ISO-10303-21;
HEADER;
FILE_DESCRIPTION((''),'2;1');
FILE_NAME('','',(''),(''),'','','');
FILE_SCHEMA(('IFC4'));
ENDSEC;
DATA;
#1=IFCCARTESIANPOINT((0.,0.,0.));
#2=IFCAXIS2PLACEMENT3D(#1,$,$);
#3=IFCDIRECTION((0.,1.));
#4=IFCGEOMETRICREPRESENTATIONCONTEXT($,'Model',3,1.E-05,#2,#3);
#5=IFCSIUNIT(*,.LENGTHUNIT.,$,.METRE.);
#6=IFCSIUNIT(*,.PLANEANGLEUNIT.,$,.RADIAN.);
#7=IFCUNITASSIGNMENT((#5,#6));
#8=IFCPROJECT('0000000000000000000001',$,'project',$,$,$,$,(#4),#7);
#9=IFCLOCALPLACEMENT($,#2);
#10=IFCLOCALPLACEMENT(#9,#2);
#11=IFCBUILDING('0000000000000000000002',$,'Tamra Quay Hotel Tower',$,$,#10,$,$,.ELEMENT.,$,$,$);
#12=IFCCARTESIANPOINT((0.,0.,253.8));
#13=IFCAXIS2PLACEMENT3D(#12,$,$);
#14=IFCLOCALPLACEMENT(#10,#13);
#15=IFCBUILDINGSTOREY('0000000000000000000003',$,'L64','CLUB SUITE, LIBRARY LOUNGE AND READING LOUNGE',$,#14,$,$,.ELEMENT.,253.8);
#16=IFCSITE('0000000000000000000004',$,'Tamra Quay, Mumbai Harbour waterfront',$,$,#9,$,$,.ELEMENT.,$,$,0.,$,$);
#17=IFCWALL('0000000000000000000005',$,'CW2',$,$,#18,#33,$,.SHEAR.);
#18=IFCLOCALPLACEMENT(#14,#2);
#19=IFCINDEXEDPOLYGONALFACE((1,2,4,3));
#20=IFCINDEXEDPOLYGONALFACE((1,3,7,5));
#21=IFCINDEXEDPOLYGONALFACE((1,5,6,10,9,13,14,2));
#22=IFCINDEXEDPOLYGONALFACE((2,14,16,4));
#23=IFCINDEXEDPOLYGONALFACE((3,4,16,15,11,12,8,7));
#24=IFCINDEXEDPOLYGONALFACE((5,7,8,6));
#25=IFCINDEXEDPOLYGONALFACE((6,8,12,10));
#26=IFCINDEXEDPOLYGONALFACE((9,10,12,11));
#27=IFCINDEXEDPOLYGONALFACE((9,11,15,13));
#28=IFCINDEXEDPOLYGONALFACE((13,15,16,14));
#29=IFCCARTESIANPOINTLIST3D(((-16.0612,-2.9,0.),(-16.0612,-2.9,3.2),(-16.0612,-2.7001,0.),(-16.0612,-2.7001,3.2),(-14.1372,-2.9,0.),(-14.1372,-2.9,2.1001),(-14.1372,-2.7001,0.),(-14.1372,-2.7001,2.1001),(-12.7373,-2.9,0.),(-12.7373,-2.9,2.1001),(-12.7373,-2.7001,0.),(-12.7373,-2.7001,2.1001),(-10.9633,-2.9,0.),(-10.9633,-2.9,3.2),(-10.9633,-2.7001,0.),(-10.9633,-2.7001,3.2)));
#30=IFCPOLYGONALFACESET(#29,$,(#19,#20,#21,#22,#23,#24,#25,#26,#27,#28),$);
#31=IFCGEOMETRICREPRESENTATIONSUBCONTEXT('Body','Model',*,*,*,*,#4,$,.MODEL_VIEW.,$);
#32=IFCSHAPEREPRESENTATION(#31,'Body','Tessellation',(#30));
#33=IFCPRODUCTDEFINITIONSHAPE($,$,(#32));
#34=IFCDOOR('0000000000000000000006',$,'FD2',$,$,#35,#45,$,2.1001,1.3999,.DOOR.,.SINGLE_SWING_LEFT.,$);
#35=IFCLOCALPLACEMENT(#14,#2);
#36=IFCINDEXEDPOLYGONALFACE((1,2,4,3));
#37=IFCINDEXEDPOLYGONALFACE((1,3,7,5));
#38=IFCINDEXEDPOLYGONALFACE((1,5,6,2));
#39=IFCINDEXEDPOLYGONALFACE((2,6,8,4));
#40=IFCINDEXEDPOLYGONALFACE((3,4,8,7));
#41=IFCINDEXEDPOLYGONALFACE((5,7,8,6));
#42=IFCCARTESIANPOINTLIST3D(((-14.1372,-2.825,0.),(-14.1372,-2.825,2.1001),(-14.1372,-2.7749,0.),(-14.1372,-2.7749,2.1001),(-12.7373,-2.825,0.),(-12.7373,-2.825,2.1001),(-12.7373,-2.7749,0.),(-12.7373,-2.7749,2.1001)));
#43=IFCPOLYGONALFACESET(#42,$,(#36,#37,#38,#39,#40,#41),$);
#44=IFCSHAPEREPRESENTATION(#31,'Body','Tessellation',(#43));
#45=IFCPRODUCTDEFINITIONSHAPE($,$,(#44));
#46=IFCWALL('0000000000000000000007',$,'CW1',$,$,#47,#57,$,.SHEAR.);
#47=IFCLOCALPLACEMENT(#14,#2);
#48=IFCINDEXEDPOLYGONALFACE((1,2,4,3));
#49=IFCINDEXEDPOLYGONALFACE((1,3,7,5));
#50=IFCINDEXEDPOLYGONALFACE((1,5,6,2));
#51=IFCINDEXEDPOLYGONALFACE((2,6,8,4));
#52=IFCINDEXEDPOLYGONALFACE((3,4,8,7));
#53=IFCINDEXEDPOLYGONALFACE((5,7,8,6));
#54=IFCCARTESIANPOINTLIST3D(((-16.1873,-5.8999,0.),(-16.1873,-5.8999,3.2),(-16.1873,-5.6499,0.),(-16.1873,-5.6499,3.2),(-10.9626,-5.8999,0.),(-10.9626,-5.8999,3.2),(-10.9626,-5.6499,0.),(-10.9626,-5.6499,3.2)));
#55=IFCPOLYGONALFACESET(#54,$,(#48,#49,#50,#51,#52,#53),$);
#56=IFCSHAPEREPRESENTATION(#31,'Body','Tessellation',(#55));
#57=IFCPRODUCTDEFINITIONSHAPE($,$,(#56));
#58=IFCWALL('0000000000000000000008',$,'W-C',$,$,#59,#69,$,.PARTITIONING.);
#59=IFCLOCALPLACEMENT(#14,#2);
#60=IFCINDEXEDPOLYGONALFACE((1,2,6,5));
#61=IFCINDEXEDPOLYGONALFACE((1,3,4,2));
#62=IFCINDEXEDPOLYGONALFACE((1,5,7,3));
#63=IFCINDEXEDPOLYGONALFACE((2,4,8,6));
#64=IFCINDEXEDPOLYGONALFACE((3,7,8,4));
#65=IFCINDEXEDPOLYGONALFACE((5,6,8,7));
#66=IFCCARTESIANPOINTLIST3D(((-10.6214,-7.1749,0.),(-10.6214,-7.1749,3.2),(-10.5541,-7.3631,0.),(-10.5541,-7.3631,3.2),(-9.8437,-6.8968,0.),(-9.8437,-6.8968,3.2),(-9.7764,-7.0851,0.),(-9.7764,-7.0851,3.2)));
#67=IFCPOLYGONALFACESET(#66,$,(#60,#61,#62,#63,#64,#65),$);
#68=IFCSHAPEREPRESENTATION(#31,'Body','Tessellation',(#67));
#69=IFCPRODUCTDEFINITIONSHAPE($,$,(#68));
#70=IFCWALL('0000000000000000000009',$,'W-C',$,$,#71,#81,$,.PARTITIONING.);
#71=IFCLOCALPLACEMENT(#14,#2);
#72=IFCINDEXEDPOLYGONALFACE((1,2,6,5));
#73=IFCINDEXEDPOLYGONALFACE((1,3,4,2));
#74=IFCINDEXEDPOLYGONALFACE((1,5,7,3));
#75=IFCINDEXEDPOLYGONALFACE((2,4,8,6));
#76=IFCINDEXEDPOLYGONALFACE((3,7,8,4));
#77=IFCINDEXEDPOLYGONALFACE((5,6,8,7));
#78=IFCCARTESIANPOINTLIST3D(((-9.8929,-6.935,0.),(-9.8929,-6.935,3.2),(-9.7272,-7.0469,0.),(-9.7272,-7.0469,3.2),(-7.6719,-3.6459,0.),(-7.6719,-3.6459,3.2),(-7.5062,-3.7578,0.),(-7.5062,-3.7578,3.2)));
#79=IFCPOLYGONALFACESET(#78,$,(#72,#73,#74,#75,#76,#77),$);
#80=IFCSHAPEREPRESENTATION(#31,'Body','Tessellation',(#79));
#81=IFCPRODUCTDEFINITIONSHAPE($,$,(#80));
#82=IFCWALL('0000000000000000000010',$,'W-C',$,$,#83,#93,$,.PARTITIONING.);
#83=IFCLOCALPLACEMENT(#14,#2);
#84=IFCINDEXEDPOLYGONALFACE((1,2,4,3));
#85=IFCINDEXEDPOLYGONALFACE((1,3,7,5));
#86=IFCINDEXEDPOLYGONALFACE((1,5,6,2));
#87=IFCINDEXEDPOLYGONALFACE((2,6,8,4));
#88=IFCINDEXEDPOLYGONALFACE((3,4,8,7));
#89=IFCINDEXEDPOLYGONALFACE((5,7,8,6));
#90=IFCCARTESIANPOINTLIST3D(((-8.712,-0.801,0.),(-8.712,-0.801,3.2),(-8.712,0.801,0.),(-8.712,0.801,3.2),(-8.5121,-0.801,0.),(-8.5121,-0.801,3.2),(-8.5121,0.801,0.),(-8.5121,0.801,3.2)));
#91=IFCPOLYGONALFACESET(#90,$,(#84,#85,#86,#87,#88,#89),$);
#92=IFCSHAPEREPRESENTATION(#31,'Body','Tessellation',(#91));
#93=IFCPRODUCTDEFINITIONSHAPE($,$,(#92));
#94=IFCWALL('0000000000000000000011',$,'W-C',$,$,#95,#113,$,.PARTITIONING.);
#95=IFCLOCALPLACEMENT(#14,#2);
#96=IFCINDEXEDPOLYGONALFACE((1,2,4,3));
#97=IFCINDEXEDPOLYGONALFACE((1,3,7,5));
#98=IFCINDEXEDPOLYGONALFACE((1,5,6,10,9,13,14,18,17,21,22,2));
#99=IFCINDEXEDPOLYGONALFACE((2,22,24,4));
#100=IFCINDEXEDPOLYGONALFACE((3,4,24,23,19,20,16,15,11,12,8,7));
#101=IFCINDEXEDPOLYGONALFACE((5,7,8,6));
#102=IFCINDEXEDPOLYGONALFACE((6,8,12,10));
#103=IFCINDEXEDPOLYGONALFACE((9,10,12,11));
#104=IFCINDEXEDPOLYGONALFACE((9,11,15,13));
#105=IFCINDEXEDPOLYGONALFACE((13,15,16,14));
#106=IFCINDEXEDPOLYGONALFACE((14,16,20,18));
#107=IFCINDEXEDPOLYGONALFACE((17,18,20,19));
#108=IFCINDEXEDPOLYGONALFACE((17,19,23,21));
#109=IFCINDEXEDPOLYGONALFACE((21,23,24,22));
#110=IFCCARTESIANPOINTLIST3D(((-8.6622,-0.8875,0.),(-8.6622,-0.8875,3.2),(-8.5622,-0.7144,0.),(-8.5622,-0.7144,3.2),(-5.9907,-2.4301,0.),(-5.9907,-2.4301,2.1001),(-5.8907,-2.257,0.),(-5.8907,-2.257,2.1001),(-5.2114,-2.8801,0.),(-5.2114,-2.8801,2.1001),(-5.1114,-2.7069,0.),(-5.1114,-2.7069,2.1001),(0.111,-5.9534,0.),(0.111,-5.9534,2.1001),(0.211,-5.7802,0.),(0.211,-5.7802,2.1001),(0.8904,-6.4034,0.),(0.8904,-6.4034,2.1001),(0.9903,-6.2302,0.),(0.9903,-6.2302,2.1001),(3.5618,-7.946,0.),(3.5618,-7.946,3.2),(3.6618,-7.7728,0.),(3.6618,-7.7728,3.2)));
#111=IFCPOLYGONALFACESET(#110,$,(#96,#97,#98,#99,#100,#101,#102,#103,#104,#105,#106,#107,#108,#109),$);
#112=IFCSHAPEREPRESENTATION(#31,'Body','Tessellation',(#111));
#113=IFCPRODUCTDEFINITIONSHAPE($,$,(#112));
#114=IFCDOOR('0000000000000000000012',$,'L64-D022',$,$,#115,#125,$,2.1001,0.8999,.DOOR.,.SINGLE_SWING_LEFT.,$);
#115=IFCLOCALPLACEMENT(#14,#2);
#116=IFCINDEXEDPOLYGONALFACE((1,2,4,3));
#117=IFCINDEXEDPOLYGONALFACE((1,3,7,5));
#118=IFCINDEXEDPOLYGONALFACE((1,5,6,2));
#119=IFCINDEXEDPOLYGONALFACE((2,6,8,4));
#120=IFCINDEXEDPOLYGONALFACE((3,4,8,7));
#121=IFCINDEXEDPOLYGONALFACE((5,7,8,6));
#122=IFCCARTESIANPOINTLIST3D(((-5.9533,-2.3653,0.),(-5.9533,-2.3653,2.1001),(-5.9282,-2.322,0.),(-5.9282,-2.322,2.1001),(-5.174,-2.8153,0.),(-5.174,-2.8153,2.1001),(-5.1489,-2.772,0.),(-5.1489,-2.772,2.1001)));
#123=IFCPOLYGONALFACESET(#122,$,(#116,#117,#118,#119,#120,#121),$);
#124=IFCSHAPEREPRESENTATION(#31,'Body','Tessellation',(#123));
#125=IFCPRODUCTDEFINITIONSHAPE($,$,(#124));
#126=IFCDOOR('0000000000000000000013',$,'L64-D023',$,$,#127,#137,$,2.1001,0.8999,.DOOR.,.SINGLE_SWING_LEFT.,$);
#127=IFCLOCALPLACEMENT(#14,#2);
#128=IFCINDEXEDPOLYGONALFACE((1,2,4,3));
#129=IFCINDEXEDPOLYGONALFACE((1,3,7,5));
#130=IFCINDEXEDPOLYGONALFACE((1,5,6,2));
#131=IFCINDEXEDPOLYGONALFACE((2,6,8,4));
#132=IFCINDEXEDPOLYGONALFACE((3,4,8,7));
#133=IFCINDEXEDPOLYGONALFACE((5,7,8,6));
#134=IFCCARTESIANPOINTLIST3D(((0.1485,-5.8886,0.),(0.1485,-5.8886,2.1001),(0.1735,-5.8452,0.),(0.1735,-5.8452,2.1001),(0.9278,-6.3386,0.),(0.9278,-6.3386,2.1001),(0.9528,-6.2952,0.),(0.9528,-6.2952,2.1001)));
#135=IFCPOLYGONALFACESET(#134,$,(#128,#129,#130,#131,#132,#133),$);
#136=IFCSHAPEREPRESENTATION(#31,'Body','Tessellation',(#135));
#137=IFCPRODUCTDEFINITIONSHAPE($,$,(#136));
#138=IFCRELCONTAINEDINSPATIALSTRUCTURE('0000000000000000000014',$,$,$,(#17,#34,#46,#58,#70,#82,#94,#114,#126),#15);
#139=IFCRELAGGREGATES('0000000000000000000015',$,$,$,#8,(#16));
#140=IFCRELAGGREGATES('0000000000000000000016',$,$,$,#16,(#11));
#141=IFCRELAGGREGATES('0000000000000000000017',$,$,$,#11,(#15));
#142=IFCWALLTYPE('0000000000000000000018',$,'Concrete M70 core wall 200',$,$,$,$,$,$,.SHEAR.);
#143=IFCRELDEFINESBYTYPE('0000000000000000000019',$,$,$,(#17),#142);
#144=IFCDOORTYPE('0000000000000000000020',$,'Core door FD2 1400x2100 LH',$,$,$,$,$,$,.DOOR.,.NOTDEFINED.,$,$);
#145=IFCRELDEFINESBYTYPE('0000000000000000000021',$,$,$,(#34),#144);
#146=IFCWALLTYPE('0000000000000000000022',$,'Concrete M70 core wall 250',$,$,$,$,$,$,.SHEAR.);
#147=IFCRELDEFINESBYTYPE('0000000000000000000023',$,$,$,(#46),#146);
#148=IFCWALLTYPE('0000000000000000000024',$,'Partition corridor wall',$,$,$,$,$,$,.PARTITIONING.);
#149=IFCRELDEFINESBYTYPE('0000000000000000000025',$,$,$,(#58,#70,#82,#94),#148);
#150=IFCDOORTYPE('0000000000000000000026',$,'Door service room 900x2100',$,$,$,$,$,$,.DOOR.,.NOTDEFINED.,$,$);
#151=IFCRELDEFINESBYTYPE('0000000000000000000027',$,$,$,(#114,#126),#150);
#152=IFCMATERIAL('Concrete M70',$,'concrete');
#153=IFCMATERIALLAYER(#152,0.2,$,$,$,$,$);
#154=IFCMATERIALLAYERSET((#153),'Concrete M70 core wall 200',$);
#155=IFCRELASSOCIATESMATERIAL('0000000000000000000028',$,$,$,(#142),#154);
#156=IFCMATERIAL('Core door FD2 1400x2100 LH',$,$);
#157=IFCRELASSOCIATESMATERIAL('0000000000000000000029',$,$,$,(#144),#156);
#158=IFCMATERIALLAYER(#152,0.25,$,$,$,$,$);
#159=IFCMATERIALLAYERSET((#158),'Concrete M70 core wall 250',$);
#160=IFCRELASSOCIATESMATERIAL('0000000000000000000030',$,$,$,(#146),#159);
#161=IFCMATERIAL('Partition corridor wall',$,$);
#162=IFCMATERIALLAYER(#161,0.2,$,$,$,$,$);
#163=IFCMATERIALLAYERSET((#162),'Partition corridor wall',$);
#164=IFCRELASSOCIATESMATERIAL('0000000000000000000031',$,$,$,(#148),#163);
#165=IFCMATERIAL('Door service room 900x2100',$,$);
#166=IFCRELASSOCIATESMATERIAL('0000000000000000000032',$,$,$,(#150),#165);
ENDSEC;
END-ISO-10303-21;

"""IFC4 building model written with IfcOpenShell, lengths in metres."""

from ifc_helpers import new_model, si_unit, direction, frame, frame_2d, origin, place, context, subcontext, project, spatial, rectangle, extrude, material, layer, layer_set, type_object, element, fill, save


model = new_model("IFC4")

# Units and contexts
model_context = context("Model", 3, precision=1e-05, world=origin(), true_north=direction((0.0, 1.0)))
body_context = subcontext(model_context, "Body", "Model", "MODEL_VIEW")
ifc_project = project(units=[si_unit("LENGTHUNIT", "METRE"), si_unit("PLANEANGLEUNIT", "RADIAN")], contexts=[model_context])

# Site, building, storey
site_placement = place(None, origin())
site = spatial("IfcSite", under=ifc_project, at=site_placement, Name="Tamra Quay, Mumbai Harbour waterfront", CompositionType="ELEMENT", RefElevation=0.0)
building_placement = place(site_placement, origin())
building = spatial("IfcBuilding", under=site, at=building_placement, Name="Tamra Quay Hotel Tower", CompositionType="ELEMENT")
storey_placement = place(building_placement, frame((0.0, 0.0, 253.8)))
storey = spatial("IfcBuildingStorey", under=building, at=storey_placement, Name="L64", Description="CLUB SUITE, LIBRARY LOUNGE AND READING LOUNGE", CompositionType="ELEMENT", Elevation=253.8)

# Wall, opening, door
ifc_material_1 = material(Name="Concrete M70", Category="concrete")
ifc_layer_1 = layer(ifc_material_1, 0.2)
ifc_layer_set_1 = layer_set([ifc_layer_1], Name="Concrete M70 core wall 200")
wall_type_1 = type_object("IfcWallType", Name="Concrete M70 core wall 200", PredefinedType="SHEAR", material=ifc_layer_set_1)
wall_1_placement = place(storey_placement, frame((-10.9634, -2.8, 0.0), z_axis=(0.0, 0.0, 1.0), x_axis=(-1.0, 0.0, 0.0)))
wall_1 = element("IfcWall", 1, at=wall_1_placement, inside=storey, type_object=wall_type_1, Name="CW2", PredefinedType="SHEAR", context=body_context, shape_type="SweptSolid", body=[
    extrude(rectangle(XDim=5.0979, YDim=0.2, at=frame_2d((2.5488, 0.0))), origin(), (0.0, 0.0, 1.0), 3.2),
])
opening_1_placement = place(wall_1_placement, frame((1.7739, 0.0, 0.0)))
opening_1 = element("IfcOpeningElement", 2, at=opening_1_placement, cuts=wall_1, PredefinedType="OPENING", context=body_context, shape_type="SweptSolid", body=[
    extrude(rectangle(XDim=1.3999, YDim=2.1001, at=frame_2d((0.7, 1.05))), frame((0.0, 0.1099, 0.0), z_axis=(0.0, -1.0, 0.0), x_axis=(1.0, 0.0, 0.0)), (0.0, 0.0, 1.0), 0.22),
])
ifc_material_2 = material(Name="Core door FD2 1400x2100 LH")
door_type_1 = type_object("IfcDoorType", Name="Core door FD2 1400x2100 LH", OperationType="NOTDEFINED", PredefinedType="DOOR", material=ifc_material_2)
door_1_placement = place(opening_1_placement, origin())
door_1 = element("IfcDoor", 3, at=door_1_placement, inside=storey, type_object=door_type_1, Name="FD2", OperationType="SINGLE_SWING_LEFT", OverallHeight=2.1001, OverallWidth=1.3999, PredefinedType="DOOR", context=body_context, shape_type="SweptSolid", body=[
    extrude(rectangle(XDim=1.3999, YDim=2.1001, at=frame_2d((0.7, 1.05))), frame((0.0, 0.0249, 0.0), z_axis=(0.0, -1.0, 0.0), x_axis=(1.0, 0.0, 0.0)), (0.0, 0.0, 1.0), 0.05),
])
fill(opening_1, door_1)

# Walls
ifc_layer_2 = layer(ifc_material_1, 0.25)
ifc_layer_set_2 = layer_set([ifc_layer_2], Name="Concrete M70 core wall 250")
wall_type_2 = type_object("IfcWallType", Name="Concrete M70 core wall 250", PredefinedType="SHEAR", material=ifc_layer_set_2)
wall_2_placement = place(storey_placement, frame((-10.9626, -5.7749, 0.0), z_axis=(0.0, 0.0, 1.0), x_axis=(-1.0, 0.0, 0.0)))
element("IfcWall", 4, at=wall_2_placement, inside=storey, type_object=wall_type_2, Name="CW1", PredefinedType="SHEAR", context=body_context, shape_type="SweptSolid", body=[
    extrude(rectangle(XDim=5.2246, YDim=0.25, at=frame_2d((2.6123, 0.0))), origin(), (0.0, 0.0, 1.0), 3.2),
])
ifc_material_3 = material(Name="Partition corridor wall")
ifc_layer_3 = layer(ifc_material_3, 0.2)
ifc_layer_set_3 = layer_set([ifc_layer_3], Name="Partition corridor wall")
wall_type_3 = type_object("IfcWallType", Name="Partition corridor wall", PredefinedType="PARTITIONING", material=ifc_layer_set_3)
wall_3_placement = place(storey_placement, frame((-10.5879, -7.269, 0.0), z_axis=(0.0, 0.0, 1.0), x_axis=(0.941635, 0.336636, 0.0)))
element("IfcWall", 5, at=wall_3_placement, inside=storey, type_object=wall_type_3, Name="W-C", PredefinedType="PARTITIONING", context=body_context, shape_type="SweptSolid", body=[
    extrude(rectangle(XDim=0.8259, YDim=0.2, at=frame_2d((0.4131, 0.0))), origin(), (0.0, 0.0, 1.0), 3.2),
])
wall_4_placement = place(storey_placement, frame((-9.8101, -6.991, 0.0), z_axis=(0.0, 0.0, 1.0), x_axis=(0.559617, 0.828752, 0.0)))
element("IfcWall", 6, at=wall_4_placement, inside=storey, type_object=wall_type_3, Name="W-C", PredefinedType="PARTITIONING", context=body_context, shape_type="SweptSolid", body=[
    extrude(rectangle(XDim=3.9688, YDim=0.2, at=frame_2d((1.9844, 0.0))), origin(), (0.0, 0.0, 1.0), 3.2),
])
wall_5_placement = place(storey_placement, frame((-8.6121, -0.801, 0.0), z_axis=(0.0, 0.0, 1.0), x_axis=(0.0, 1.0, 0.0)))
element("IfcWall", 7, at=wall_5_placement, inside=storey, type_object=wall_type_3, Name="W-C", PredefinedType="PARTITIONING", context=body_context, shape_type="SweptSolid", body=[
    extrude(rectangle(XDim=1.6021, YDim=0.2, at=frame_2d((0.801, 0.0))), origin(), (0.0, 0.0, 1.0), 3.2),
])

# Wall, openings, doors
wall_6_placement = place(storey_placement, frame((-8.6121, -0.801, 0.0), z_axis=(0.0, 0.0, 1.0), x_axis=(0.865998, -0.500047, 0.0)))
wall_6 = element("IfcWall", 8, at=wall_6_placement, inside=storey, type_object=wall_type_3, Name="W-C", PredefinedType="PARTITIONING", context=body_context, shape_type="SweptSolid", body=[
    extrude(rectangle(XDim=14.1155, YDim=0.2, at=frame_2d((7.0576, 0.0))), origin(), (0.0, 0.0, 1.0), 3.2),
])
opening_2_placement = place(wall_6_placement, frame((3.0847, 0.0, 0.0)))
opening_2 = element("IfcOpeningElement", 9, at=opening_2_placement, cuts=wall_6, PredefinedType="OPENING", context=body_context, shape_type="SweptSolid", body=[
    extrude(rectangle(XDim=0.8999, YDim=2.1001, at=frame_2d((0.45, 1.05))), frame((0.0, 0.1099, 0.0), z_axis=(0.0, -1.0, 0.0), x_axis=(1.0, 0.0, 0.0)), (0.0, 0.0, 1.0), 0.22),
])
opening_3_placement = place(wall_6_placement, frame((10.1306, 0.0, 0.0)))
opening_3 = element("IfcOpeningElement", 10, at=opening_3_placement, cuts=wall_6, PredefinedType="OPENING", context=body_context, shape_type="SweptSolid", body=[
    extrude(rectangle(XDim=0.8999, YDim=2.1001, at=frame_2d((0.45, 1.05))), frame((0.0, 0.1099, 0.0), z_axis=(0.0, -1.0, 0.0), x_axis=(1.0, 0.0, 0.0)), (0.0, 0.0, 1.0), 0.22),
])
ifc_material_4 = material(Name="Door service room 900x2100")
door_type_2 = type_object("IfcDoorType", Name="Door service room 900x2100", OperationType="NOTDEFINED", PredefinedType="DOOR", material=ifc_material_4)
door_2_placement = place(opening_2_placement, origin())
door_2 = element("IfcDoor", 11, at=door_2_placement, inside=storey, type_object=door_type_2, Name="L64-D022", OperationType="SINGLE_SWING_LEFT", OverallHeight=2.1001, OverallWidth=0.8999, PredefinedType="DOOR", context=body_context, shape_type="SweptSolid", body=[
    extrude(rectangle(XDim=0.8999, YDim=2.1001, at=frame_2d((0.45, 1.05))), frame((0.0, 0.0249, 0.0), z_axis=(0.0, -1.0, 0.0), x_axis=(1.0, 0.0, 0.0)), (0.0, 0.0, 1.0), 0.05),
])
fill(opening_2, door_2)
door_3_placement = place(opening_3_placement, origin())
door_3 = element("IfcDoor", 12, at=door_3_placement, inside=storey, type_object=door_type_2, Name="L64-D023", OperationType="SINGLE_SWING_LEFT", OverallHeight=2.1001, OverallWidth=0.8999, PredefinedType="DOOR", context=body_context, shape_type="SweptSolid", body=[
    extrude(rectangle(XDim=0.8999, YDim=2.1001, at=frame_2d((0.45, 1.05))), frame((0.0, 0.0249, 0.0), z_axis=(0.0, -1.0, 0.0), x_axis=(1.0, 0.0, 0.0)), (0.0, 0.0, 1.0), 0.05),
])
fill(opening_3, door_3)

save(model, "model.ifc")
